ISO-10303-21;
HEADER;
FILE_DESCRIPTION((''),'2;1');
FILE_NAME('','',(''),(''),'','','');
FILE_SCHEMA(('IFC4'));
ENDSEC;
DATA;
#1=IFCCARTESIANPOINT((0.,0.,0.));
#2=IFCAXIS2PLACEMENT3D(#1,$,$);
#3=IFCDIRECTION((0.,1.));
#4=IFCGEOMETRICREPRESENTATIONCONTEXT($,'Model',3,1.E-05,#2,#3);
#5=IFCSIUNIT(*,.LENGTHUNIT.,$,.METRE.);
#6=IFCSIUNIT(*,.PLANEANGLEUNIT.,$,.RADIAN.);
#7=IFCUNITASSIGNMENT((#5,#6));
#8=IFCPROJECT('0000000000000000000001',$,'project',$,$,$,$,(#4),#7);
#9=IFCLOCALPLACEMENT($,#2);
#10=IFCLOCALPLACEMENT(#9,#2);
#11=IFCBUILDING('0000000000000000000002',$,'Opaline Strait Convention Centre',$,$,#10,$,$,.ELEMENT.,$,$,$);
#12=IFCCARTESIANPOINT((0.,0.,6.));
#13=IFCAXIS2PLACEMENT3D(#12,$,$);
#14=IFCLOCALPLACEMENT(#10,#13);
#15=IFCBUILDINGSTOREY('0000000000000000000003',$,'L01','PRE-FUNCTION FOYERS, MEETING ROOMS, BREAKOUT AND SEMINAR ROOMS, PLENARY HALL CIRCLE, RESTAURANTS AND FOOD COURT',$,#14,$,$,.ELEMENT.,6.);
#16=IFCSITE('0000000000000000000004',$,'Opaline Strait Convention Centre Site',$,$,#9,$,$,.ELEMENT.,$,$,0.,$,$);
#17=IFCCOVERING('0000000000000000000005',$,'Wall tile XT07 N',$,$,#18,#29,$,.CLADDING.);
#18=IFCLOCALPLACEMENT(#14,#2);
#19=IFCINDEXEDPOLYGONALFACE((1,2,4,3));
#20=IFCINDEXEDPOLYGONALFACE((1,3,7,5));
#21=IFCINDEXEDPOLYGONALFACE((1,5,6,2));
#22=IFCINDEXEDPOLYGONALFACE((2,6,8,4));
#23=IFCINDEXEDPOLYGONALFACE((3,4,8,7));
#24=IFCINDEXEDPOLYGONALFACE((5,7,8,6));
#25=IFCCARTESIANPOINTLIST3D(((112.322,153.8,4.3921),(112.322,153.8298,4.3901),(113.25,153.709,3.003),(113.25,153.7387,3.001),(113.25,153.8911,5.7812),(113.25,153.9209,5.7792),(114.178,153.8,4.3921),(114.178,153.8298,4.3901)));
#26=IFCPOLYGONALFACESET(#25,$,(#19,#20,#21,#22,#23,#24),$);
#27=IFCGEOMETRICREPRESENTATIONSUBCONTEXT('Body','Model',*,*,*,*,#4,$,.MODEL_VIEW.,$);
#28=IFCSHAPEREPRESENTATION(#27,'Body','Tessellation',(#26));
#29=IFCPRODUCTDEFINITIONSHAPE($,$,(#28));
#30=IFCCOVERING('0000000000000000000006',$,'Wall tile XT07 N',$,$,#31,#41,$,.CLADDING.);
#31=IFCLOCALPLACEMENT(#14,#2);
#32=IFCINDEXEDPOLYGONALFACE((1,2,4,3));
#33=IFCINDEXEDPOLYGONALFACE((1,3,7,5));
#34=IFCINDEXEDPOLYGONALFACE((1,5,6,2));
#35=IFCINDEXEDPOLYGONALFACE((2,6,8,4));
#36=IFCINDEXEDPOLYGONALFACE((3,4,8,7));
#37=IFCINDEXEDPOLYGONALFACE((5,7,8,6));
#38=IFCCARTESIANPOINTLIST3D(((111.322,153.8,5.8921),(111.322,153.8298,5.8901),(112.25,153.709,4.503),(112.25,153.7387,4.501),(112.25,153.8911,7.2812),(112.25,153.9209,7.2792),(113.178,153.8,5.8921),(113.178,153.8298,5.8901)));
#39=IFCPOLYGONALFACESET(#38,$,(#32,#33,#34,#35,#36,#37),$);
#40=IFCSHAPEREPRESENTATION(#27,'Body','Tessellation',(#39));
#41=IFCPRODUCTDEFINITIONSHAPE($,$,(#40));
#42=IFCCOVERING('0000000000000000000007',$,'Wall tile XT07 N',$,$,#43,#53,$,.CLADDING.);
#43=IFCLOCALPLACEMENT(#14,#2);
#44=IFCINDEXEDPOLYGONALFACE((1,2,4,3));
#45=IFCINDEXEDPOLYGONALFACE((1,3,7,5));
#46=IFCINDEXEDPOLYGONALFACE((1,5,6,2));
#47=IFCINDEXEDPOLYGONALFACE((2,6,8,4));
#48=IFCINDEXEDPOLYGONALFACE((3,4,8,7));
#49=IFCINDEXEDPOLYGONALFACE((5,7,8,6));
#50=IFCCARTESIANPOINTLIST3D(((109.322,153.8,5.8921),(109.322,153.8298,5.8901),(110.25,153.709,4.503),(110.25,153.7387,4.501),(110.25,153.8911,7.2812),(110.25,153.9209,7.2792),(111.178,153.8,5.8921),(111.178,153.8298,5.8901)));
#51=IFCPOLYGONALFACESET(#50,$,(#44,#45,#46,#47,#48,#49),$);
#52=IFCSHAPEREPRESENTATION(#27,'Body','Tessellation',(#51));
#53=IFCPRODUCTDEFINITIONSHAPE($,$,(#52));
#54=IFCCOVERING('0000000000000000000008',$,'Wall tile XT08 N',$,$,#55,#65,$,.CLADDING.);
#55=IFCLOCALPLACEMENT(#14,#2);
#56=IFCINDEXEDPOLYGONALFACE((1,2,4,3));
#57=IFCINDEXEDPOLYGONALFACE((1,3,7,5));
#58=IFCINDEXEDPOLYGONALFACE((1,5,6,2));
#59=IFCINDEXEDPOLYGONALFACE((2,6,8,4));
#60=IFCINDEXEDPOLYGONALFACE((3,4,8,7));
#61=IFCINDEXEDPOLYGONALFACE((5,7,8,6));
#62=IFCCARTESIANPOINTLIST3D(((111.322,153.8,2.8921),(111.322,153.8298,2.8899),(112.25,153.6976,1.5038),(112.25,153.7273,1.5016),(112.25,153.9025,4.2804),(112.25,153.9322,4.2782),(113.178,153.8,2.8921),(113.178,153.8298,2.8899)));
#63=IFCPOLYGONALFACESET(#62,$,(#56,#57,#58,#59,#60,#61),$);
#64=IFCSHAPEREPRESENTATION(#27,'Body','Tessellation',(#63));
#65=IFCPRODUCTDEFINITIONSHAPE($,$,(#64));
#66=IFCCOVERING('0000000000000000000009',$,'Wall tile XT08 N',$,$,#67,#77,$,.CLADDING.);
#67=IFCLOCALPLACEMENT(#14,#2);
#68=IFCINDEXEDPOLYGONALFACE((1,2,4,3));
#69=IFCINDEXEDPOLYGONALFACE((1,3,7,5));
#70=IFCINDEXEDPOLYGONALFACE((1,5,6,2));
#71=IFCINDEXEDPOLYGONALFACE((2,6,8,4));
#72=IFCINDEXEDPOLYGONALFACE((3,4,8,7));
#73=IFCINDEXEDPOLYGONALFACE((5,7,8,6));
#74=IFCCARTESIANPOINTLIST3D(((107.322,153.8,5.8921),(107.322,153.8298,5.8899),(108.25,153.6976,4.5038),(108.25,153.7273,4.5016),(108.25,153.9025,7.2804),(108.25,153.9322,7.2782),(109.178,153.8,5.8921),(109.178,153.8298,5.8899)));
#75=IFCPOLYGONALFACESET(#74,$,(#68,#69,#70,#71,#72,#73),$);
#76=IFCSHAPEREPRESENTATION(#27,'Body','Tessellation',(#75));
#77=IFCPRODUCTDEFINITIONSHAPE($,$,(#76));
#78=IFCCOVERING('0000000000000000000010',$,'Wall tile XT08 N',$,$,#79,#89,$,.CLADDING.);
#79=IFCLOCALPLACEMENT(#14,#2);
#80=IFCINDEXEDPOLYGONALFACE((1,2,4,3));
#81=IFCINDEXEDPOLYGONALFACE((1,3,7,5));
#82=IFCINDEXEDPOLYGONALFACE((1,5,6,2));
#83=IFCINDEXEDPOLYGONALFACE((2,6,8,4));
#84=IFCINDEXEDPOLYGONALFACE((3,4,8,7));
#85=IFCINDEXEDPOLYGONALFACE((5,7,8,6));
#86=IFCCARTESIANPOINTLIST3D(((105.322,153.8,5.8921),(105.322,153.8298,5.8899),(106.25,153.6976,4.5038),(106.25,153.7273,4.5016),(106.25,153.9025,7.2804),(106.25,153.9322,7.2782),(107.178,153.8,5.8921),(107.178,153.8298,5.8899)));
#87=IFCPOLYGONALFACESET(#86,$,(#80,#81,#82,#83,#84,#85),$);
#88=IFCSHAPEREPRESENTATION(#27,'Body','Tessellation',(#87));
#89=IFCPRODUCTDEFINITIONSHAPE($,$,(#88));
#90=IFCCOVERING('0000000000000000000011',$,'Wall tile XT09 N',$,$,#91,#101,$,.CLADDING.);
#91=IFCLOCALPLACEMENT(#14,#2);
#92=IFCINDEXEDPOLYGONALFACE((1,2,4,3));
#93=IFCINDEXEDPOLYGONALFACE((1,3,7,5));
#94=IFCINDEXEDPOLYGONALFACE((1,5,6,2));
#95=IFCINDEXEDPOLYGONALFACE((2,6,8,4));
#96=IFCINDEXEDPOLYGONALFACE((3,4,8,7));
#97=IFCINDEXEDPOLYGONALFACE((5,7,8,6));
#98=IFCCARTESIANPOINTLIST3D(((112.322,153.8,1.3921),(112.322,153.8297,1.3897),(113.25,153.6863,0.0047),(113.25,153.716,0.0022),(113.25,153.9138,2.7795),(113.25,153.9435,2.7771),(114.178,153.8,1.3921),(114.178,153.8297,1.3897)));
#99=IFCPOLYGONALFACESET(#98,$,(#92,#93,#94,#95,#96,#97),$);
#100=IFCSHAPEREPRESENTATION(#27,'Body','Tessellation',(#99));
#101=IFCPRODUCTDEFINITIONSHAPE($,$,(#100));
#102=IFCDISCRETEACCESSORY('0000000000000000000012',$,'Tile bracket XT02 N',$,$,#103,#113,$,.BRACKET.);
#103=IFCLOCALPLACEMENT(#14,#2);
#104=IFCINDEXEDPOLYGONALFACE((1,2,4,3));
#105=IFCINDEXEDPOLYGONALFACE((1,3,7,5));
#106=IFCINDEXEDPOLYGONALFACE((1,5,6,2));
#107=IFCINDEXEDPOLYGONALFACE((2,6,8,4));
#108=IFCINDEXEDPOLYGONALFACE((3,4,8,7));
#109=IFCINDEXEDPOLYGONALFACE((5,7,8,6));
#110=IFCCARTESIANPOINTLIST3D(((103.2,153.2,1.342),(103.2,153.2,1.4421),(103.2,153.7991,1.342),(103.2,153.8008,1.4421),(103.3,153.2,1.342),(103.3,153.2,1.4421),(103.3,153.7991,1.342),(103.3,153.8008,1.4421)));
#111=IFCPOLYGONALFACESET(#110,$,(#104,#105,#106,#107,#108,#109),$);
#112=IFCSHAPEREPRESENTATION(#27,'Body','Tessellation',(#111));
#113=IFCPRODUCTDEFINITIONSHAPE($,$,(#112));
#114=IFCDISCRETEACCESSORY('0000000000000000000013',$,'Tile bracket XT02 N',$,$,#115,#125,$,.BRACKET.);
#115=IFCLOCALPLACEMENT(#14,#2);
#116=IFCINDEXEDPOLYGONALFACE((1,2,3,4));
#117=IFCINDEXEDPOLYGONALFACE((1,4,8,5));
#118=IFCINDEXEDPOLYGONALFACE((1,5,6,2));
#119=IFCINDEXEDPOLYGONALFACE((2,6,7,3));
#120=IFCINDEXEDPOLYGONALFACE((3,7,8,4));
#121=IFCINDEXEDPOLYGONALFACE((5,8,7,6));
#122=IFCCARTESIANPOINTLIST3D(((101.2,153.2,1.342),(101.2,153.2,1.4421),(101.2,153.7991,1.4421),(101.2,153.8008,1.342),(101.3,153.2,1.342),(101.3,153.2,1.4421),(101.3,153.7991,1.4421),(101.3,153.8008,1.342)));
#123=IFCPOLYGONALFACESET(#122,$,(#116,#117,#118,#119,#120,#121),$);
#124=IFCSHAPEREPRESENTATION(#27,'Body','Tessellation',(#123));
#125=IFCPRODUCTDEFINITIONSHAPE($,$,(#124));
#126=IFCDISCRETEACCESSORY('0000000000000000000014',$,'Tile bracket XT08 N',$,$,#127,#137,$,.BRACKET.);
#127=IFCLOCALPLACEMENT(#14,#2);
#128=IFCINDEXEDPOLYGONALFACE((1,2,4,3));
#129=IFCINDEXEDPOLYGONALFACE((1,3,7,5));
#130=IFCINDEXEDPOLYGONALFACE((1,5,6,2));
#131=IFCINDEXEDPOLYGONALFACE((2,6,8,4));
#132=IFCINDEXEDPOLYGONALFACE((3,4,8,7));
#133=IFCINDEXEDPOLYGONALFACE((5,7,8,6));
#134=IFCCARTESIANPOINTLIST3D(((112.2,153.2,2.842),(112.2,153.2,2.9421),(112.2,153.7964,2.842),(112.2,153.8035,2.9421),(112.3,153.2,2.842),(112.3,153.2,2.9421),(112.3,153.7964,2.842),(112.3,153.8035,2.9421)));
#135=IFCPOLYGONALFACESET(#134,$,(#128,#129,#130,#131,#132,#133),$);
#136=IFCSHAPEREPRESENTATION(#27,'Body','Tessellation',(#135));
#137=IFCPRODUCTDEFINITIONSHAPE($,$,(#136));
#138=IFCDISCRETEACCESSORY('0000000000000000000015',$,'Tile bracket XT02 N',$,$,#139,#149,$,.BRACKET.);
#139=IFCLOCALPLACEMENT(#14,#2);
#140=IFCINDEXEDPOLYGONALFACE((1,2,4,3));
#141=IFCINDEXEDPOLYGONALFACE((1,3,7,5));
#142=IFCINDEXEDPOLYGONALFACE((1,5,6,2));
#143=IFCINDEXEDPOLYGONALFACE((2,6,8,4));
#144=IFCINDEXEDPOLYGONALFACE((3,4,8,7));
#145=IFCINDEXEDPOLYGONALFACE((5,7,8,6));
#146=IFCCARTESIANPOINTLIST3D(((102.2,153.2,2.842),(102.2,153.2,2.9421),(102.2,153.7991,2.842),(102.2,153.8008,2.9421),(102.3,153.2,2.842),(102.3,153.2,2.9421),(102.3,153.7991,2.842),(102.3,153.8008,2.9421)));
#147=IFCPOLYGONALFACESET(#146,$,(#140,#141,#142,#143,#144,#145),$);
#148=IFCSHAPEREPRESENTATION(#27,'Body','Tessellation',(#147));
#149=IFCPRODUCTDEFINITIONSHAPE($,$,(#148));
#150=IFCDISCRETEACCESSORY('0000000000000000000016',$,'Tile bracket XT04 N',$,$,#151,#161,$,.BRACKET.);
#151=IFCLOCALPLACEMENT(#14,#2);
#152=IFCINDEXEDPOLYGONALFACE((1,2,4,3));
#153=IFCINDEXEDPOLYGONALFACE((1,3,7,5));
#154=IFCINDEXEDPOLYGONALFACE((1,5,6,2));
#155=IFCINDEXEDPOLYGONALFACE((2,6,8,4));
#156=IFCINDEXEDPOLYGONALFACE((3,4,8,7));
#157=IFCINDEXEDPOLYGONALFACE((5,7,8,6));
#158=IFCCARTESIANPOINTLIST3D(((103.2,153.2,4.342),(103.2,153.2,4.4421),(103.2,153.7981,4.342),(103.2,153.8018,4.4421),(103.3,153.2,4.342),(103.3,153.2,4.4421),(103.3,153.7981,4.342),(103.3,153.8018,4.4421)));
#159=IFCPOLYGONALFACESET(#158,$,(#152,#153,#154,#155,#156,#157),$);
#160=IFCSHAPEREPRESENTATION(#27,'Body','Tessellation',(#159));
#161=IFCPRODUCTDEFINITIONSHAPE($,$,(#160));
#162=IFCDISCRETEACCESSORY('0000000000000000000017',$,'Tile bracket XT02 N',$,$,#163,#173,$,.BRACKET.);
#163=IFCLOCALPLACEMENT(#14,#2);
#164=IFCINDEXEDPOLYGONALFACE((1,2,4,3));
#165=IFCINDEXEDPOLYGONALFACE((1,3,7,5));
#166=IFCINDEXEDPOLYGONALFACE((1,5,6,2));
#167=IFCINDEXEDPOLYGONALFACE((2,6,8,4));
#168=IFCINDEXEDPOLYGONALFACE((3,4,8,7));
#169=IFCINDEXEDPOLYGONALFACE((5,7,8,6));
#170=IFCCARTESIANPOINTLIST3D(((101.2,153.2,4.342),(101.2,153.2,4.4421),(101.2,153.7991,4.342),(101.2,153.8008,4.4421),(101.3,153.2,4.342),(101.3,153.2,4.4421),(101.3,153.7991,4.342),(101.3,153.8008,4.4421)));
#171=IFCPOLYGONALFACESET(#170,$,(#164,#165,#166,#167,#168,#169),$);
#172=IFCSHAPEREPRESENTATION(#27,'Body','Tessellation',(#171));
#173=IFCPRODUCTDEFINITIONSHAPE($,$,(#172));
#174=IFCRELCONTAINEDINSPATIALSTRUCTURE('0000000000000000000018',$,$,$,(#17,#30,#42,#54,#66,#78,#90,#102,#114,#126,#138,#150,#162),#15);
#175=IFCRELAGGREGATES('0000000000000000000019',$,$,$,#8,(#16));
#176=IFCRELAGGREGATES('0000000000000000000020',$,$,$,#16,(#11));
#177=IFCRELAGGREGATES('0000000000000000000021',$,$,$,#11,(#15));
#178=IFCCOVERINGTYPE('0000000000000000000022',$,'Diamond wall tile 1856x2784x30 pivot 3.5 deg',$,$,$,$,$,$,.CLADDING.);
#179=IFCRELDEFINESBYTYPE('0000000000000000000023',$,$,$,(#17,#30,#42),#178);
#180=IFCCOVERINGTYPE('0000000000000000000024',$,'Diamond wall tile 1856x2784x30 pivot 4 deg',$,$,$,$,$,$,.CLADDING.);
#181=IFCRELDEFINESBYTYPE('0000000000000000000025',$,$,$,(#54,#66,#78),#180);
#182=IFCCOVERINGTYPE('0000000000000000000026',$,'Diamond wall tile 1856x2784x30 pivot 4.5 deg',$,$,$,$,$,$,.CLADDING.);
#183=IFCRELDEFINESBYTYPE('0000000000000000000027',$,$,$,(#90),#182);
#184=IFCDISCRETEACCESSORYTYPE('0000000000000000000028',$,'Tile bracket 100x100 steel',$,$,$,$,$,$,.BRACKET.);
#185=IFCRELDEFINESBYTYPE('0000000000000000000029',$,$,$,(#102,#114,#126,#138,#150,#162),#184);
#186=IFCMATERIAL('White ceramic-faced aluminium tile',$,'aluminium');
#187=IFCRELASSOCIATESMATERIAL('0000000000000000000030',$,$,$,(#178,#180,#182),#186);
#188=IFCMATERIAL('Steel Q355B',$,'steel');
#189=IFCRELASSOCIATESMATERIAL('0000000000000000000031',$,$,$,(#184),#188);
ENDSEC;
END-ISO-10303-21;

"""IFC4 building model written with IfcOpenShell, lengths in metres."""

from ifc_helpers import new_model, si_unit, direction, frame, origin, place, context, subcontext, project, spatial, polyline, outline, extrude, material, material_profile, profile_set, type_object, element, save


model = new_model("IFC4")

# Units and contexts
model_context = context("Model", 3, precision=1e-05, world=origin(), true_north=direction((0.0, 1.0)))
body_context = subcontext(model_context, "Body", "Model", "MODEL_VIEW")
ifc_project = project(units=[si_unit("LENGTHUNIT", "METRE"), si_unit("PLANEANGLEUNIT", "RADIAN")], contexts=[model_context])

# Site, building, storey
site_placement = place(None, origin())
site = spatial("IfcSite", under=ifc_project, at=site_placement, Name="Opaline Strait Convention Centre Site", CompositionType="ELEMENT", RefElevation=0.0)
building_placement = place(site_placement, origin())
building = spatial("IfcBuilding", under=site, at=building_placement, Name="Opaline Strait Convention Centre", CompositionType="ELEMENT")
storey_placement = place(building_placement, frame((0.0, 0.0, 6.0)))
storey = spatial("IfcBuildingStorey", under=building, at=storey_placement, Name="L01", Description="PRE-FUNCTION FOYERS, MEETING ROOMS, BREAKOUT AND SEMINAR ROOMS, PLENARY HALL CIRCLE, RESTAURANTS AND FOOD COURT", CompositionType="ELEMENT", Elevation=6.0)

# Coverings
ifc_material_1 = material(Name="White ceramic-faced aluminium tile", Category="aluminium")
ifc_material_profile_1 = material_profile(ifc_material_1, outline(polyline([(0.928, 0.0), (0.0, 1.3921), (-0.928, 0.0), (0.0, -1.3921), (0.928, 0.0)])), Name="Diamond tile 1856x2784")
ifc_profile_set_1 = profile_set([ifc_material_profile_1], Name="White ceramic-faced aluminium tile")
covering_type_1 = type_object("IfcCoveringType", Name="Diamond wall tile 1856x2784x30 pivot 3.5 deg", PredefinedType="CLADDING", material=ifc_profile_set_1)
for number, where, z_axis, x_axis, name in (
    (1, (113.25, 153.8, 4.3921), (0.0, 0.997857, -0.065433), (-1.0, 0.0, 0.0), "Wall tile XT07 N"),
    (2, (112.25, 153.8, 5.8921), (0.0, 0.997857, -0.065433), (-1.0, 0.0, 0.0), "Wall tile XT07 N"),
    (3, (110.25, 153.8, 5.8921), (0.0, 0.997857, -0.065433), (-1.0, 0.0, 0.0), "Wall tile XT07 N"),
):
    element("IfcCovering", number, at=place(storey_placement, frame(where, z_axis=z_axis, x_axis=x_axis)), inside=storey, type_object=covering_type_1, Name=name, PredefinedType="CLADDING", context=body_context, shape_type="SweptSolid", body=[
        extrude(outline(polyline([(0.928, 0.0), (0.0, 1.3921), (-0.928, 0.0), (0.0, -1.3921), (0.928, 0.0)])), origin(), (0.0, 0.0, 1.0), 0.0298),
    ])
ifc_material_profile_2 = material_profile(ifc_material_1, outline(polyline([(0.928, 0.0), (0.0, 1.3921), (-0.928, 0.0), (0.0, -1.3921), (0.928, 0.0)])), Name="Diamond tile 1856x2784")
ifc_profile_set_2 = profile_set([ifc_material_profile_2], Name="White ceramic-faced aluminium tile")
covering_type_2 = type_object("IfcCoveringType", Name="Diamond wall tile 1856x2784x30 pivot 4 deg", PredefinedType="CLADDING", material=ifc_profile_set_2)
for number, where, z_axis, x_axis, name in (
    (4, (112.25, 153.8, 2.8921), (0.0, 0.99729, -0.073571), (-1.0, 0.0, 0.0), "Wall tile XT08 N"),
    (5, (108.25, 153.8, 5.8921), (0.0, 0.99729, -0.073571), (-1.0, 0.0, 0.0), "Wall tile XT08 N"),
    (6, (106.25, 153.8, 5.8921), (0.0, 0.99729, -0.073571), (-1.0, 0.0, 0.0), "Wall tile XT08 N"),
):
    element("IfcCovering", number, at=place(storey_placement, frame(where, z_axis=z_axis, x_axis=x_axis)), inside=storey, type_object=covering_type_2, Name=name, PredefinedType="CLADDING", context=body_context, shape_type="SweptSolid", body=[
        extrude(outline(polyline([(0.928, 0.0), (0.0, 1.3921), (-0.928, 0.0), (0.0, -1.3921), (0.928, 0.0)])), origin(), (0.0, 0.0, 1.0), 0.0298),
    ])
ifc_material_profile_3 = material_profile(ifc_material_1, outline(polyline([(0.928, 0.0), (0.0, 1.3921), (-0.928, 0.0), (0.0, -1.3921), (0.928, 0.0)])), Name="Diamond tile 1856x2784")
ifc_profile_set_3 = profile_set([ifc_material_profile_3], Name="White ceramic-faced aluminium tile")
covering_type_3 = type_object("IfcCoveringType", Name="Diamond wall tile 1856x2784x30 pivot 4.5 deg", PredefinedType="CLADDING", material=ifc_profile_set_3)
covering_1_placement = place(storey_placement, frame((113.25, 153.8, 1.3921), z_axis=(0.0, 0.996658, -0.081693), x_axis=(-1.0, 0.0, 0.0)))
element("IfcCovering", 7, at=covering_1_placement, inside=storey, type_object=covering_type_3, Name="Wall tile XT09 N", PredefinedType="CLADDING", context=body_context, shape_type="SweptSolid", body=[
    extrude(outline(polyline([(0.928, 0.0), (0.0, 1.3921), (-0.928, 0.0), (0.0, -1.3921), (0.928, 0.0)])), origin(), (0.0, 0.0, 1.0), 0.0298),
])

# Discrete accessories
ifc_material_2 = material(Name="Steel Q355B", Category="steel")
discrete_accessory_type = type_object("IfcDiscreteAccessoryType", Name="Tile bracket 100x100 steel", PredefinedType="BRACKET", material=ifc_material_2)
discrete_accessory_1_placement = place(storey_placement, frame((103.3, 153.2, 1.3921), z_axis=(-1.0, 0.0, 0.0), x_axis=(0.0, -1.0, 0.0)))
element("IfcDiscreteAccessory", 8, at=discrete_accessory_1_placement, inside=storey, type_object=discrete_accessory_type, Name="Tile bracket XT02 N", PredefinedType="BRACKET", context=body_context, shape_type="SweptSolid", body=[
    extrude(outline(polyline([(0.0, -0.05), (0.0, 0.05), (-0.6008, 0.05), (-0.5991, -0.05), (0.0, -0.05)])), origin(), (0.0, 0.0, 1.0), 0.1001),
])
discrete_accessory_2_placement = place(storey_placement, frame((101.3, 153.2, 1.3921), z_axis=(-1.0, 0.0, 0.0), x_axis=(0.0, -1.0, 0.0)))
element("IfcDiscreteAccessory", 9, at=discrete_accessory_2_placement, inside=storey, type_object=discrete_accessory_type, Name="Tile bracket XT02 N", PredefinedType="BRACKET", context=body_context, shape_type="SweptSolid", body=[
    extrude(outline(polyline([(0.0, -0.05), (0.0, 0.05), (-0.5991, 0.05), (-0.6008, -0.05), (0.0, -0.05)])), origin(), (0.0, 0.0, 1.0), 0.1001),
])
discrete_accessory_3_placement = place(storey_placement, frame((112.3, 153.2, 2.8921), z_axis=(-1.0, 0.0, 0.0), x_axis=(0.0, -1.0, 0.0)))
element("IfcDiscreteAccessory", 10, at=discrete_accessory_3_placement, inside=storey, type_object=discrete_accessory_type, Name="Tile bracket XT08 N", PredefinedType="BRACKET", context=body_context, shape_type="SweptSolid", body=[
    extrude(outline(polyline([(0.0, -0.05), (0.0, 0.05), (-0.6035, 0.05), (-0.5964, -0.05), (0.0, -0.05)])), origin(), (0.0, 0.0, 1.0), 0.1001),
])
discrete_accessory_4_placement = place(storey_placement, frame((102.3, 153.2, 2.8921), z_axis=(-1.0, 0.0, 0.0), x_axis=(0.0, -1.0, 0.0)))
element("IfcDiscreteAccessory", 11, at=discrete_accessory_4_placement, inside=storey, type_object=discrete_accessory_type, Name="Tile bracket XT02 N", PredefinedType="BRACKET", context=body_context, shape_type="SweptSolid", body=[
    extrude(outline(polyline([(0.0, -0.05), (0.0, 0.05), (-0.6008, 0.05), (-0.5991, -0.05), (0.0, -0.05)])), origin(), (0.0, 0.0, 1.0), 0.1001),
])
discrete_accessory_5_placement = place(storey_placement, frame((103.3, 153.2, 4.3921), z_axis=(-1.0, 0.0, 0.0), x_axis=(0.0, -1.0, 0.0)))
element("IfcDiscreteAccessory", 12, at=discrete_accessory_5_placement, inside=storey, type_object=discrete_accessory_type, Name="Tile bracket XT04 N", PredefinedType="BRACKET", context=body_context, shape_type="SweptSolid", body=[
    extrude(outline(polyline([(0.0, -0.05), (0.0, 0.05), (-0.6018, 0.05), (-0.5981, -0.05), (0.0, -0.05)])), origin(), (0.0, 0.0, 1.0), 0.1001),
])
discrete_accessory_6_placement = place(storey_placement, frame((101.3, 153.2, 4.3921), z_axis=(-1.0, 0.0, 0.0), x_axis=(0.0, -1.0, 0.0)))
element("IfcDiscreteAccessory", 13, at=discrete_accessory_6_placement, inside=storey, type_object=discrete_accessory_type, Name="Tile bracket XT02 N", PredefinedType="BRACKET", context=body_context, shape_type="SweptSolid", body=[
    extrude(outline(polyline([(0.0, -0.05), (0.0, 0.05), (-0.6008, 0.05), (-0.5991, -0.05), (0.0, -0.05)])), origin(), (0.0, 0.0, 1.0), 0.1001),
])

save(model, "model.ifc")
